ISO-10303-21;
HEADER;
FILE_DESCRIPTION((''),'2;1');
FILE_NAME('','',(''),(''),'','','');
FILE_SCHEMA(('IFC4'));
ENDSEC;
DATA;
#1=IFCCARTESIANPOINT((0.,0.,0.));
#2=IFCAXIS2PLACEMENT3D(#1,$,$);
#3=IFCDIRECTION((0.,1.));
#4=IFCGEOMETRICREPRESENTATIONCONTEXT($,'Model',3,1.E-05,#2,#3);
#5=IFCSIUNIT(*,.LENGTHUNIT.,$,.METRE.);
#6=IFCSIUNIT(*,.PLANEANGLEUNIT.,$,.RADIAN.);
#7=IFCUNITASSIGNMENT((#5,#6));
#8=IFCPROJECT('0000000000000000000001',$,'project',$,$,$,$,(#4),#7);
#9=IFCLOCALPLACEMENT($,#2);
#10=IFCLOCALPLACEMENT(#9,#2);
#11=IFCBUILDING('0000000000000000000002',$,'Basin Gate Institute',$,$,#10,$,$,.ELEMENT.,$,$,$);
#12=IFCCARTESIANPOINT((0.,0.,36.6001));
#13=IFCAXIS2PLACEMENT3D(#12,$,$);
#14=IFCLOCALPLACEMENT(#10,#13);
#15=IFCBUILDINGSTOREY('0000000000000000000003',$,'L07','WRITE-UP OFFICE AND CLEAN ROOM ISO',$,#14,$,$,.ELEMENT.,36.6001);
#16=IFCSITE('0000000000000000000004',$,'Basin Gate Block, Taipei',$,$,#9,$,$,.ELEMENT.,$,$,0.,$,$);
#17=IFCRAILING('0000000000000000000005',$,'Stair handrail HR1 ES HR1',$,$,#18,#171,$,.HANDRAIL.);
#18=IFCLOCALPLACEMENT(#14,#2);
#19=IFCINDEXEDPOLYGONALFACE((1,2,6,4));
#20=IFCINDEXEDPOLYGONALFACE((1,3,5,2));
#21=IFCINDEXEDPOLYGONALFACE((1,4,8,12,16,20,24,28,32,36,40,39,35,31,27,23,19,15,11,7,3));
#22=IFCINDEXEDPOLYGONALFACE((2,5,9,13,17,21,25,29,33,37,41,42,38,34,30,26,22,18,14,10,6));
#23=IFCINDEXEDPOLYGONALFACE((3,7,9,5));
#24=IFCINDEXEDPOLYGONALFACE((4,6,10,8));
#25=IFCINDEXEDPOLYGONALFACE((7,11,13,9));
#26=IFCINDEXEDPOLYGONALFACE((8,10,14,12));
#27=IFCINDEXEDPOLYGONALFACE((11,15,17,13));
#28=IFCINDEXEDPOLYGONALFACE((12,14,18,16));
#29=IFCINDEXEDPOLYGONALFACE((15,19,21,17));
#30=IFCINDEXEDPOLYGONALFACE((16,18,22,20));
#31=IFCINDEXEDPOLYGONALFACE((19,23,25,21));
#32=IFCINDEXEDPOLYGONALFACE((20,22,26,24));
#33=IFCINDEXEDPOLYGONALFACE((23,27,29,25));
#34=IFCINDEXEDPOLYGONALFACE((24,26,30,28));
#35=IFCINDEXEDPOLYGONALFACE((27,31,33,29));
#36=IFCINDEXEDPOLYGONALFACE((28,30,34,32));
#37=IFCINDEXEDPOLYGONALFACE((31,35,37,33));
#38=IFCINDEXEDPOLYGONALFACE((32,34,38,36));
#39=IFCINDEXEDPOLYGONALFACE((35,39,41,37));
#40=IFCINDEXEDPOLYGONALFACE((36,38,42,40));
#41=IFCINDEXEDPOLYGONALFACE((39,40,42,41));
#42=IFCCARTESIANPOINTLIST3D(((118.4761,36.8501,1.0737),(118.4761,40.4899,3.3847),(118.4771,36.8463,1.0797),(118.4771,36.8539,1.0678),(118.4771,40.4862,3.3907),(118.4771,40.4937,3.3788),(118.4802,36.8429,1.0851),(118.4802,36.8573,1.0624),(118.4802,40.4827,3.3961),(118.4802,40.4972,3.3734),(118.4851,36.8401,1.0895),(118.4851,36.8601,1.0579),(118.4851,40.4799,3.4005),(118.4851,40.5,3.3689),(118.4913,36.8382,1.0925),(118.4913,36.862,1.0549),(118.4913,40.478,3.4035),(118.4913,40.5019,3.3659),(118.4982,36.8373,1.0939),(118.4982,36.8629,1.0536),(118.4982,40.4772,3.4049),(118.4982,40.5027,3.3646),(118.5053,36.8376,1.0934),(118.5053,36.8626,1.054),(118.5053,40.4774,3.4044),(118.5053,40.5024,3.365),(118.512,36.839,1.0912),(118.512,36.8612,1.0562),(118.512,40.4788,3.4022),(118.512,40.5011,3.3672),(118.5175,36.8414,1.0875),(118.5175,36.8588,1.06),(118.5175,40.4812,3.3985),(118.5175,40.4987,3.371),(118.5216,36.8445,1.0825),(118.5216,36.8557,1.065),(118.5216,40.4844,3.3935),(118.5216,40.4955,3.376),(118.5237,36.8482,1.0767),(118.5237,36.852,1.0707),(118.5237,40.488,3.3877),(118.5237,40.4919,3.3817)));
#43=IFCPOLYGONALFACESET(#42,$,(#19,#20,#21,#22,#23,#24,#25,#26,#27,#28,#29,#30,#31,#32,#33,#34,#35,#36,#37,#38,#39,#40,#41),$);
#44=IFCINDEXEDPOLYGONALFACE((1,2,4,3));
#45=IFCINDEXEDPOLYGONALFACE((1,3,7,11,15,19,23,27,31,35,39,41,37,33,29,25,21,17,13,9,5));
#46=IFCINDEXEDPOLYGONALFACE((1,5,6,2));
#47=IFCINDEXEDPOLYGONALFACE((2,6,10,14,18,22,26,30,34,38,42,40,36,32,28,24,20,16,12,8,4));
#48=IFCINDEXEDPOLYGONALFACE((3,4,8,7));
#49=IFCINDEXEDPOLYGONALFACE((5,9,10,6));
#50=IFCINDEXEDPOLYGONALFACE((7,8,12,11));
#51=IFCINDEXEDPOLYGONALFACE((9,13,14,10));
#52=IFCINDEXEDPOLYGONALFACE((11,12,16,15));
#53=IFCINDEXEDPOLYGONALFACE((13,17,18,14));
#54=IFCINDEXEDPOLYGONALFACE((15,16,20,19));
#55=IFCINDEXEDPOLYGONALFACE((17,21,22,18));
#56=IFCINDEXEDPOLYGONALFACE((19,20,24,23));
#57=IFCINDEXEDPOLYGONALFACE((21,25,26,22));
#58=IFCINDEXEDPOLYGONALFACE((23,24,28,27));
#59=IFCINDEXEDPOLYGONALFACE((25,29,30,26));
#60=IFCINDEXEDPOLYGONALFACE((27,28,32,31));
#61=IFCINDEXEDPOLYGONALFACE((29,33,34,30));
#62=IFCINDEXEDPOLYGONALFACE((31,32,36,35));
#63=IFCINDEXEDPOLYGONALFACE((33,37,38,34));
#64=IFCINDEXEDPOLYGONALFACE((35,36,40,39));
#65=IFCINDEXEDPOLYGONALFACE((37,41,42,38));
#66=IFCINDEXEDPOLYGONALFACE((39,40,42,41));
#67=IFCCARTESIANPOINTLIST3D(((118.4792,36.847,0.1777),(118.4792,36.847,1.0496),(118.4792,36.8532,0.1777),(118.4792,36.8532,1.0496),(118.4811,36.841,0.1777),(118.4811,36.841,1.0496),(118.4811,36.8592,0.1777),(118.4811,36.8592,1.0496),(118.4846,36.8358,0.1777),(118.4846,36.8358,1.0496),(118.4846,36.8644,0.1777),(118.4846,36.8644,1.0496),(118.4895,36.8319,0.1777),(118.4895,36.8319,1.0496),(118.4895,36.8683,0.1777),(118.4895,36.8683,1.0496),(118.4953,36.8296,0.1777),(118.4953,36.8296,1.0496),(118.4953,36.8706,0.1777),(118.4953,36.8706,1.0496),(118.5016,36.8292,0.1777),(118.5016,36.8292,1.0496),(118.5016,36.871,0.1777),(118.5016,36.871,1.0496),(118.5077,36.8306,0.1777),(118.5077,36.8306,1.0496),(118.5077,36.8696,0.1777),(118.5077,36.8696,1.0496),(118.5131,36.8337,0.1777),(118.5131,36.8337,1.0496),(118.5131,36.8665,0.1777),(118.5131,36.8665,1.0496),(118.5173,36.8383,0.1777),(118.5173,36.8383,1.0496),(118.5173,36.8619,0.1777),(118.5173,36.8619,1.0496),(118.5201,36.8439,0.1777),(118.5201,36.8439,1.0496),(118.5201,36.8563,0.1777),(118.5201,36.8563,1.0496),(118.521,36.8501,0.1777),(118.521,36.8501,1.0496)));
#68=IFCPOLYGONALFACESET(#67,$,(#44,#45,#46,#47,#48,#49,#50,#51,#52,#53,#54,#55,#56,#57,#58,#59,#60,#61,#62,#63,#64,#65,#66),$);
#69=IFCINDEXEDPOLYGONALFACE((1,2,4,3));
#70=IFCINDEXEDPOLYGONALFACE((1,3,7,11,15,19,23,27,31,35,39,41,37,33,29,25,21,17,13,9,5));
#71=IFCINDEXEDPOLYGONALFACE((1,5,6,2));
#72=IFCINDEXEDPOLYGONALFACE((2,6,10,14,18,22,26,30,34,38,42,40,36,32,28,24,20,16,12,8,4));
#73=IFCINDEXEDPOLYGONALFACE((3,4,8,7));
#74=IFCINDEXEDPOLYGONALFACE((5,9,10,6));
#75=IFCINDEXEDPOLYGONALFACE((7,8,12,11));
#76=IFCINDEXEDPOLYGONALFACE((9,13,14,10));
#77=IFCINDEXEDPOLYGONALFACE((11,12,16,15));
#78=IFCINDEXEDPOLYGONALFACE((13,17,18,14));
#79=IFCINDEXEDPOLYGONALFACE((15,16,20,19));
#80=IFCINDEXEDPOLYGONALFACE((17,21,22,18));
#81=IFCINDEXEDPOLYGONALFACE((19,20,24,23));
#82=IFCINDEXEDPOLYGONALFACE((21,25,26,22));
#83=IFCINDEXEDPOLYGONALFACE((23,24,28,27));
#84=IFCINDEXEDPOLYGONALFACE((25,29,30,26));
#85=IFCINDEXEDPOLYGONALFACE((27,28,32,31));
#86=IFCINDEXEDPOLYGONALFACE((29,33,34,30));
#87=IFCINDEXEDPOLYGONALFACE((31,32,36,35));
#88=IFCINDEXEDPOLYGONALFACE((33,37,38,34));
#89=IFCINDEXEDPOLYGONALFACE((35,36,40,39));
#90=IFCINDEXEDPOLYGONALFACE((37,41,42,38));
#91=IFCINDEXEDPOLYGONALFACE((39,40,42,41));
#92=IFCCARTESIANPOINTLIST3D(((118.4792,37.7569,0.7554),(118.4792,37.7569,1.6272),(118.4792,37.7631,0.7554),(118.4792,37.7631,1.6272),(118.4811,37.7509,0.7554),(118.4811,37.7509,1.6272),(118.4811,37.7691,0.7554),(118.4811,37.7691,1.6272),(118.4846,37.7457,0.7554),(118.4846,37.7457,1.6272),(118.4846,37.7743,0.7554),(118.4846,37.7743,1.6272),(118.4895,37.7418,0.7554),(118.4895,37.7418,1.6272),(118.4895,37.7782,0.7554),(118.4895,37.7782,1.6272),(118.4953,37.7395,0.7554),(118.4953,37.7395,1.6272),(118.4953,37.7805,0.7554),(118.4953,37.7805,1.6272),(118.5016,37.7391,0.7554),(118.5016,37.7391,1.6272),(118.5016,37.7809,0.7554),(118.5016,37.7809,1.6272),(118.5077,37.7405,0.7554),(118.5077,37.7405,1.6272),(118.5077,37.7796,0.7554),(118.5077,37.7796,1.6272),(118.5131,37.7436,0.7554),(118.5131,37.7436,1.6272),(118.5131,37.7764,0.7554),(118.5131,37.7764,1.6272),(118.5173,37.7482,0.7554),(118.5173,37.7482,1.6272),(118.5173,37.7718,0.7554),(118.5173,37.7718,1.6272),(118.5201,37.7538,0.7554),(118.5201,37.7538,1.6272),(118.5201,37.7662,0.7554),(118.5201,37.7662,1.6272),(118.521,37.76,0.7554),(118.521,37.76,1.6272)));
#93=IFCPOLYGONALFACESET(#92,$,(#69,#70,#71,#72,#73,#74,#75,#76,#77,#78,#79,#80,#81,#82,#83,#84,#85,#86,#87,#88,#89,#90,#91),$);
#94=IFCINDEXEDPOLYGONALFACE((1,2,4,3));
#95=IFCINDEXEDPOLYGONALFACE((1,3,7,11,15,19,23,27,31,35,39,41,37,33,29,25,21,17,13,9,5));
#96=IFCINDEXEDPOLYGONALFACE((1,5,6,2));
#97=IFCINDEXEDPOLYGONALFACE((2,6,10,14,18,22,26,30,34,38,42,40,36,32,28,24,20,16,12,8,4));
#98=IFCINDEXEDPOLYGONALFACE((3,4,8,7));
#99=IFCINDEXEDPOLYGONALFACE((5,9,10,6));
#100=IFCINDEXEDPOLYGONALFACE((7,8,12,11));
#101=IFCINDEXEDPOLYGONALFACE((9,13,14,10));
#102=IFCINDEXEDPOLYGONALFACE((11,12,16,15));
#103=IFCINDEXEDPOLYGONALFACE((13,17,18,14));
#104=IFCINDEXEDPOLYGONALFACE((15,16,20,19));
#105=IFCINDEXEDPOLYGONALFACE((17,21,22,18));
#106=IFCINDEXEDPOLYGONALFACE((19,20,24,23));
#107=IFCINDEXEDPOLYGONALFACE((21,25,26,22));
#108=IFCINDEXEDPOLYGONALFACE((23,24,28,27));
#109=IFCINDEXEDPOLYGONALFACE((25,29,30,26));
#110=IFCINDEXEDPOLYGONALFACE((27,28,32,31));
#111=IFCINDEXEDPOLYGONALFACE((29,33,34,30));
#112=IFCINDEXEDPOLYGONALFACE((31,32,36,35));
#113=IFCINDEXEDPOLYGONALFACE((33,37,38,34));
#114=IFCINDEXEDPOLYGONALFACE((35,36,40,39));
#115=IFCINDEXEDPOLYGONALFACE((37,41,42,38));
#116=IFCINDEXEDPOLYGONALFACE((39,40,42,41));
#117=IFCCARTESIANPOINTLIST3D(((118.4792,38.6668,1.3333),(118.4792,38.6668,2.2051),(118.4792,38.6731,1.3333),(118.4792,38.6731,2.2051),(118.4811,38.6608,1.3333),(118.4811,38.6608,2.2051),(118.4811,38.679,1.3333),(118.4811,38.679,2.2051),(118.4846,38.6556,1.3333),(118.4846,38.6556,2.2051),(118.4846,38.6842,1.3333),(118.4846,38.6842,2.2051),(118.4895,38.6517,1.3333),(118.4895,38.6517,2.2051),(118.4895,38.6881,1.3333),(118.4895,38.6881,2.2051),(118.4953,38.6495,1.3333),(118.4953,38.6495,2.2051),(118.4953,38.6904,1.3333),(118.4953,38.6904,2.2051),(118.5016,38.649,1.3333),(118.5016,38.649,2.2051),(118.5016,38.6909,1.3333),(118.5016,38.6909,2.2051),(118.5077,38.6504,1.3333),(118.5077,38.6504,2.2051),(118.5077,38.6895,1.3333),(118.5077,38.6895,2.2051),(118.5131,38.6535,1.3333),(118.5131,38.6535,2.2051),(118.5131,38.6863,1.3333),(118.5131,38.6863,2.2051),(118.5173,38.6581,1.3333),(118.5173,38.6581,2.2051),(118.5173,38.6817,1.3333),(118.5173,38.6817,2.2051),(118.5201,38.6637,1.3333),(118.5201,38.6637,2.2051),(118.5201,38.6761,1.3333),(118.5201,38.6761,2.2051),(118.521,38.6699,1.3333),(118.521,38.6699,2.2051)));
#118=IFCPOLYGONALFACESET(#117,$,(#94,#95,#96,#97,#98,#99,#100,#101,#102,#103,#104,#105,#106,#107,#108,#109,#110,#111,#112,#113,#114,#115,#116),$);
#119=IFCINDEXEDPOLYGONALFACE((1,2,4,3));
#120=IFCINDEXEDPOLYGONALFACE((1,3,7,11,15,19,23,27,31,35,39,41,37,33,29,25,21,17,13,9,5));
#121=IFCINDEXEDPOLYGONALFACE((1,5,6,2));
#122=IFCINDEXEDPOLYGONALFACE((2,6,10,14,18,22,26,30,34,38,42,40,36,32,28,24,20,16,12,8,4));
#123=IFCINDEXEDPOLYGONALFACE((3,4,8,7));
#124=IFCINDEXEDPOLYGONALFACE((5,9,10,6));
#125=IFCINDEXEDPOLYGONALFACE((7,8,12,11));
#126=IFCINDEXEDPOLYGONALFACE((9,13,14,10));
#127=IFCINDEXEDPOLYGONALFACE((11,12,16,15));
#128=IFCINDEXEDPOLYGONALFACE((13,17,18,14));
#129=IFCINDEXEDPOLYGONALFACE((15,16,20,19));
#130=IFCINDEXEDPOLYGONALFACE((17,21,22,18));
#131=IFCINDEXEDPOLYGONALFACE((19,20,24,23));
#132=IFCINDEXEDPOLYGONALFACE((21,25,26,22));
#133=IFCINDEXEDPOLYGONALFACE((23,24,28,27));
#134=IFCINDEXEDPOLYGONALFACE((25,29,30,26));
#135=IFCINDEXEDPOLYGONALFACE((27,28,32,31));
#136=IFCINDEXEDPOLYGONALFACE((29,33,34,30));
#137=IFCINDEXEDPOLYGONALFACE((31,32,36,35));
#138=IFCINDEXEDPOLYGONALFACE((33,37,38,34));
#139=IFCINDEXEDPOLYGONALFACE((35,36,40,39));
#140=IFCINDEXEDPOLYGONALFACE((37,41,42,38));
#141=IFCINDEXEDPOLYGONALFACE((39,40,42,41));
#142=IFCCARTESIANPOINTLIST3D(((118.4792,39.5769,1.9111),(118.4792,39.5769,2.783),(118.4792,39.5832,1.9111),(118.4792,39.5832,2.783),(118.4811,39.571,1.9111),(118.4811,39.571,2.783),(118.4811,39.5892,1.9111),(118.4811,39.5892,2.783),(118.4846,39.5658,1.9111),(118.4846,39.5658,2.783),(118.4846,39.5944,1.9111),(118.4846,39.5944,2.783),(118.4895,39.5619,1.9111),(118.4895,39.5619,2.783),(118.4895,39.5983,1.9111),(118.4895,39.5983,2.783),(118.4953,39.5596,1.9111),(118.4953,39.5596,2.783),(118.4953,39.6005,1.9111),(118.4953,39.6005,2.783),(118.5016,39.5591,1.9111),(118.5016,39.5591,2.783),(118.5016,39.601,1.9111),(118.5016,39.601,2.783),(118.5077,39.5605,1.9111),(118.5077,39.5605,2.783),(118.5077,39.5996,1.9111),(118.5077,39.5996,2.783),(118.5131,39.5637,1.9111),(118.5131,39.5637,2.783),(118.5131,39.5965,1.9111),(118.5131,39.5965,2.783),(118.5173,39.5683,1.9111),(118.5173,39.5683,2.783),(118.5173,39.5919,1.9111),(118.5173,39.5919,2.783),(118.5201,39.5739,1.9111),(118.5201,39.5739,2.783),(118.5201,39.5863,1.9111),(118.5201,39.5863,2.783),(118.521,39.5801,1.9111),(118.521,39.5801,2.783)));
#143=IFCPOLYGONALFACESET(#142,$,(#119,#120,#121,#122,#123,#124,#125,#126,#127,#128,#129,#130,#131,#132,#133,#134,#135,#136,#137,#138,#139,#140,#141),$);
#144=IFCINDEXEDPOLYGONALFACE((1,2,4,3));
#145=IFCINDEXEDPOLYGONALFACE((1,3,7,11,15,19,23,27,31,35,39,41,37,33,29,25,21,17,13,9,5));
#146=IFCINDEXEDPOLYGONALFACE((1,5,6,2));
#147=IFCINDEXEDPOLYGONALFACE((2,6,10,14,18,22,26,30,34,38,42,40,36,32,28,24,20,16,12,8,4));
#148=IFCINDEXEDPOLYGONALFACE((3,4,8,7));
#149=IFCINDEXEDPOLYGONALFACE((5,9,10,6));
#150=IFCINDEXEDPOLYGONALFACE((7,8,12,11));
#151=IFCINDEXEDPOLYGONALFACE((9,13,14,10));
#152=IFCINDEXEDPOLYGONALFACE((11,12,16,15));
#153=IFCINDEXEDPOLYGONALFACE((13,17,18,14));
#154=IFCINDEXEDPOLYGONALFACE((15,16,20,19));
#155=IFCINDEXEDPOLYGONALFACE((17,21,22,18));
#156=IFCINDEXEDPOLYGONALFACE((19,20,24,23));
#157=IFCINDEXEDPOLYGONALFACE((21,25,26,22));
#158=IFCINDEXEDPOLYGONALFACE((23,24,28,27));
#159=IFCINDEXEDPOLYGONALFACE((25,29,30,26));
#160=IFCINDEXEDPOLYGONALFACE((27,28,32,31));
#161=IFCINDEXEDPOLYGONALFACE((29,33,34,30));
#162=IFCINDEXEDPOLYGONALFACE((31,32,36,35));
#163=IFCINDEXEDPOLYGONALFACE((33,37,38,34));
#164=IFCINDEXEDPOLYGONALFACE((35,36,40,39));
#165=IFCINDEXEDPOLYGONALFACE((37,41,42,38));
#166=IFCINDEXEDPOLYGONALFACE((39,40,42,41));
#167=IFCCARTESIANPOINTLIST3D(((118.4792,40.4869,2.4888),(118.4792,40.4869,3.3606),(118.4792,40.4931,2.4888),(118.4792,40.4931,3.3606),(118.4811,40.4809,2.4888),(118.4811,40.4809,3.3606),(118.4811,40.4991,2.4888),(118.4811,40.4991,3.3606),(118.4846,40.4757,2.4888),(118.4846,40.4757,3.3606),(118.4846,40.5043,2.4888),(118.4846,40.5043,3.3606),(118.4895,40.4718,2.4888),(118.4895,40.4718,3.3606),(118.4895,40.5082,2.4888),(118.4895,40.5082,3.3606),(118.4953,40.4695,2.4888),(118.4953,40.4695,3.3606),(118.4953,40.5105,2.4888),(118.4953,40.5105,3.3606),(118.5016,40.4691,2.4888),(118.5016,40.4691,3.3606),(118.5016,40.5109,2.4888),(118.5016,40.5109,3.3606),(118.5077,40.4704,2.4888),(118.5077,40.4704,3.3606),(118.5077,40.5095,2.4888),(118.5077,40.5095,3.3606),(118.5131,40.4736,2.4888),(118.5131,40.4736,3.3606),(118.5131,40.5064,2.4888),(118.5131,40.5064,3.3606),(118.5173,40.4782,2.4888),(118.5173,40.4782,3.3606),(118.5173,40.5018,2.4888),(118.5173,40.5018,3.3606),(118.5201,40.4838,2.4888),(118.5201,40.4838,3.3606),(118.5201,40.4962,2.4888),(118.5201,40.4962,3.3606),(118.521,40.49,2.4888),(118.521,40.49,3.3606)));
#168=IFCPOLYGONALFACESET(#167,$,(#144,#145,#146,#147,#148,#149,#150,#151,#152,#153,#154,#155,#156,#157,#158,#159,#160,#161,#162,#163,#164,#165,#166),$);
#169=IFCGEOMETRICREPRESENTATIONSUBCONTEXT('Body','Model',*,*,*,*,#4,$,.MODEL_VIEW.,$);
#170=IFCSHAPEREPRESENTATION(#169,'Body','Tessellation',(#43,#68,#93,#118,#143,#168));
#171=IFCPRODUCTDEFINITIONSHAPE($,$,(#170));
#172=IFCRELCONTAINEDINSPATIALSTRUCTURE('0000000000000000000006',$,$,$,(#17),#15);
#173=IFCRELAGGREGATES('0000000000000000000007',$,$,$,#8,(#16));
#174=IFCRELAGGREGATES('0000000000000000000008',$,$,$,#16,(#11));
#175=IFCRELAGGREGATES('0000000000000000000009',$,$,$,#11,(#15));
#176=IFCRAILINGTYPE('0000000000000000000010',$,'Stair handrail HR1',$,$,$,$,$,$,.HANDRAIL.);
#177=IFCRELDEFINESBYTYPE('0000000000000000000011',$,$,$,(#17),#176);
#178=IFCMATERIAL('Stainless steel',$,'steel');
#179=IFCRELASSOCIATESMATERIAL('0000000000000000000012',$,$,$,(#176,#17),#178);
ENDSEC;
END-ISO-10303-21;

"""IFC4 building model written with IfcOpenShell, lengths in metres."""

from ifc_helpers import new_model, si_unit, direction, frame, origin, origin_2d, place, context, subcontext, project, spatial, circle, extrude, material, type_object, element, save


model = new_model("IFC4")

# Units and contexts
model_context = context("Model", 3, precision=1e-05, world=origin(), true_north=direction((0.0, 1.0)))
body_context = subcontext(model_context, "Body", "Model", "MODEL_VIEW")
ifc_project = project(units=[si_unit("LENGTHUNIT", "METRE"), si_unit("PLANEANGLEUNIT", "RADIAN")], contexts=[model_context])

# Site, building, storey
site_placement = place(None, origin())
site = spatial("IfcSite", under=ifc_project, at=site_placement, Name="Basin Gate Block, Taipei", CompositionType="ELEMENT", RefElevation=0.0)
building_placement = place(site_placement, origin())
building = spatial("IfcBuilding", under=site, at=building_placement, Name="Basin Gate Institute", CompositionType="ELEMENT")
storey_placement = place(building_placement, frame((0.0, 0.0, 36.6001)))
storey = spatial("IfcBuildingStorey", under=building, at=storey_placement, Name="L07", Description="WRITE-UP OFFICE AND CLEAN ROOM ISO", CompositionType="ELEMENT", Elevation=36.6001)

# Railing
ifc_material_1 = material(Name="Stainless steel", Category="steel")
railing_type_1 = type_object("IfcRailingType", Name="Stair handrail HR1", PredefinedType="HANDRAIL", material=ifc_material_1)
for number, where, name in (
    (1, (118.5, 36.8501, 0.1777), "Stair handrail HR1 ES HR1"),
):
    element("IfcRailing", number, at=place(storey_placement, frame(where)), inside=storey, type_object=railing_type_1, material=ifc_material_1, Name=name, PredefinedType="HANDRAIL", context=body_context, shape_type="SweptSolid", body=[
        extrude(circle(Radius=0.0239, at=origin_2d()), frame((0.0, 0.0, 0.896), z_axis=(0.0, 0.844214, 0.536007), x_axis=(-1.0, 0.0, 0.0)), (0.0, 0.0, 1.0), 4.3115),
        extrude(circle(Radius=0.021, at=origin_2d()), origin(), (0.0, 0.0, 1.0), 0.8718),
        extrude(circle(Radius=0.021, at=origin_2d()), frame((0.0, 0.9099, 0.5776)), (0.0, 0.0, 1.0), 0.8718),
        extrude(circle(Radius=0.021, at=origin_2d()), frame((0.0, 1.8198, 1.1555)), (0.0, 0.0, 1.0), 0.8718),
        extrude(circle(Radius=0.021, at=origin_2d()), frame((0.0, 2.73, 1.7334)), (0.0, 0.0, 1.0), 0.8718),
        extrude(circle(Radius=0.021, at=origin_2d()), frame((0.0, 3.6399, 2.311)), (0.0, 0.0, 1.0), 0.8718),
    ])

save(model, "model.ifc")
